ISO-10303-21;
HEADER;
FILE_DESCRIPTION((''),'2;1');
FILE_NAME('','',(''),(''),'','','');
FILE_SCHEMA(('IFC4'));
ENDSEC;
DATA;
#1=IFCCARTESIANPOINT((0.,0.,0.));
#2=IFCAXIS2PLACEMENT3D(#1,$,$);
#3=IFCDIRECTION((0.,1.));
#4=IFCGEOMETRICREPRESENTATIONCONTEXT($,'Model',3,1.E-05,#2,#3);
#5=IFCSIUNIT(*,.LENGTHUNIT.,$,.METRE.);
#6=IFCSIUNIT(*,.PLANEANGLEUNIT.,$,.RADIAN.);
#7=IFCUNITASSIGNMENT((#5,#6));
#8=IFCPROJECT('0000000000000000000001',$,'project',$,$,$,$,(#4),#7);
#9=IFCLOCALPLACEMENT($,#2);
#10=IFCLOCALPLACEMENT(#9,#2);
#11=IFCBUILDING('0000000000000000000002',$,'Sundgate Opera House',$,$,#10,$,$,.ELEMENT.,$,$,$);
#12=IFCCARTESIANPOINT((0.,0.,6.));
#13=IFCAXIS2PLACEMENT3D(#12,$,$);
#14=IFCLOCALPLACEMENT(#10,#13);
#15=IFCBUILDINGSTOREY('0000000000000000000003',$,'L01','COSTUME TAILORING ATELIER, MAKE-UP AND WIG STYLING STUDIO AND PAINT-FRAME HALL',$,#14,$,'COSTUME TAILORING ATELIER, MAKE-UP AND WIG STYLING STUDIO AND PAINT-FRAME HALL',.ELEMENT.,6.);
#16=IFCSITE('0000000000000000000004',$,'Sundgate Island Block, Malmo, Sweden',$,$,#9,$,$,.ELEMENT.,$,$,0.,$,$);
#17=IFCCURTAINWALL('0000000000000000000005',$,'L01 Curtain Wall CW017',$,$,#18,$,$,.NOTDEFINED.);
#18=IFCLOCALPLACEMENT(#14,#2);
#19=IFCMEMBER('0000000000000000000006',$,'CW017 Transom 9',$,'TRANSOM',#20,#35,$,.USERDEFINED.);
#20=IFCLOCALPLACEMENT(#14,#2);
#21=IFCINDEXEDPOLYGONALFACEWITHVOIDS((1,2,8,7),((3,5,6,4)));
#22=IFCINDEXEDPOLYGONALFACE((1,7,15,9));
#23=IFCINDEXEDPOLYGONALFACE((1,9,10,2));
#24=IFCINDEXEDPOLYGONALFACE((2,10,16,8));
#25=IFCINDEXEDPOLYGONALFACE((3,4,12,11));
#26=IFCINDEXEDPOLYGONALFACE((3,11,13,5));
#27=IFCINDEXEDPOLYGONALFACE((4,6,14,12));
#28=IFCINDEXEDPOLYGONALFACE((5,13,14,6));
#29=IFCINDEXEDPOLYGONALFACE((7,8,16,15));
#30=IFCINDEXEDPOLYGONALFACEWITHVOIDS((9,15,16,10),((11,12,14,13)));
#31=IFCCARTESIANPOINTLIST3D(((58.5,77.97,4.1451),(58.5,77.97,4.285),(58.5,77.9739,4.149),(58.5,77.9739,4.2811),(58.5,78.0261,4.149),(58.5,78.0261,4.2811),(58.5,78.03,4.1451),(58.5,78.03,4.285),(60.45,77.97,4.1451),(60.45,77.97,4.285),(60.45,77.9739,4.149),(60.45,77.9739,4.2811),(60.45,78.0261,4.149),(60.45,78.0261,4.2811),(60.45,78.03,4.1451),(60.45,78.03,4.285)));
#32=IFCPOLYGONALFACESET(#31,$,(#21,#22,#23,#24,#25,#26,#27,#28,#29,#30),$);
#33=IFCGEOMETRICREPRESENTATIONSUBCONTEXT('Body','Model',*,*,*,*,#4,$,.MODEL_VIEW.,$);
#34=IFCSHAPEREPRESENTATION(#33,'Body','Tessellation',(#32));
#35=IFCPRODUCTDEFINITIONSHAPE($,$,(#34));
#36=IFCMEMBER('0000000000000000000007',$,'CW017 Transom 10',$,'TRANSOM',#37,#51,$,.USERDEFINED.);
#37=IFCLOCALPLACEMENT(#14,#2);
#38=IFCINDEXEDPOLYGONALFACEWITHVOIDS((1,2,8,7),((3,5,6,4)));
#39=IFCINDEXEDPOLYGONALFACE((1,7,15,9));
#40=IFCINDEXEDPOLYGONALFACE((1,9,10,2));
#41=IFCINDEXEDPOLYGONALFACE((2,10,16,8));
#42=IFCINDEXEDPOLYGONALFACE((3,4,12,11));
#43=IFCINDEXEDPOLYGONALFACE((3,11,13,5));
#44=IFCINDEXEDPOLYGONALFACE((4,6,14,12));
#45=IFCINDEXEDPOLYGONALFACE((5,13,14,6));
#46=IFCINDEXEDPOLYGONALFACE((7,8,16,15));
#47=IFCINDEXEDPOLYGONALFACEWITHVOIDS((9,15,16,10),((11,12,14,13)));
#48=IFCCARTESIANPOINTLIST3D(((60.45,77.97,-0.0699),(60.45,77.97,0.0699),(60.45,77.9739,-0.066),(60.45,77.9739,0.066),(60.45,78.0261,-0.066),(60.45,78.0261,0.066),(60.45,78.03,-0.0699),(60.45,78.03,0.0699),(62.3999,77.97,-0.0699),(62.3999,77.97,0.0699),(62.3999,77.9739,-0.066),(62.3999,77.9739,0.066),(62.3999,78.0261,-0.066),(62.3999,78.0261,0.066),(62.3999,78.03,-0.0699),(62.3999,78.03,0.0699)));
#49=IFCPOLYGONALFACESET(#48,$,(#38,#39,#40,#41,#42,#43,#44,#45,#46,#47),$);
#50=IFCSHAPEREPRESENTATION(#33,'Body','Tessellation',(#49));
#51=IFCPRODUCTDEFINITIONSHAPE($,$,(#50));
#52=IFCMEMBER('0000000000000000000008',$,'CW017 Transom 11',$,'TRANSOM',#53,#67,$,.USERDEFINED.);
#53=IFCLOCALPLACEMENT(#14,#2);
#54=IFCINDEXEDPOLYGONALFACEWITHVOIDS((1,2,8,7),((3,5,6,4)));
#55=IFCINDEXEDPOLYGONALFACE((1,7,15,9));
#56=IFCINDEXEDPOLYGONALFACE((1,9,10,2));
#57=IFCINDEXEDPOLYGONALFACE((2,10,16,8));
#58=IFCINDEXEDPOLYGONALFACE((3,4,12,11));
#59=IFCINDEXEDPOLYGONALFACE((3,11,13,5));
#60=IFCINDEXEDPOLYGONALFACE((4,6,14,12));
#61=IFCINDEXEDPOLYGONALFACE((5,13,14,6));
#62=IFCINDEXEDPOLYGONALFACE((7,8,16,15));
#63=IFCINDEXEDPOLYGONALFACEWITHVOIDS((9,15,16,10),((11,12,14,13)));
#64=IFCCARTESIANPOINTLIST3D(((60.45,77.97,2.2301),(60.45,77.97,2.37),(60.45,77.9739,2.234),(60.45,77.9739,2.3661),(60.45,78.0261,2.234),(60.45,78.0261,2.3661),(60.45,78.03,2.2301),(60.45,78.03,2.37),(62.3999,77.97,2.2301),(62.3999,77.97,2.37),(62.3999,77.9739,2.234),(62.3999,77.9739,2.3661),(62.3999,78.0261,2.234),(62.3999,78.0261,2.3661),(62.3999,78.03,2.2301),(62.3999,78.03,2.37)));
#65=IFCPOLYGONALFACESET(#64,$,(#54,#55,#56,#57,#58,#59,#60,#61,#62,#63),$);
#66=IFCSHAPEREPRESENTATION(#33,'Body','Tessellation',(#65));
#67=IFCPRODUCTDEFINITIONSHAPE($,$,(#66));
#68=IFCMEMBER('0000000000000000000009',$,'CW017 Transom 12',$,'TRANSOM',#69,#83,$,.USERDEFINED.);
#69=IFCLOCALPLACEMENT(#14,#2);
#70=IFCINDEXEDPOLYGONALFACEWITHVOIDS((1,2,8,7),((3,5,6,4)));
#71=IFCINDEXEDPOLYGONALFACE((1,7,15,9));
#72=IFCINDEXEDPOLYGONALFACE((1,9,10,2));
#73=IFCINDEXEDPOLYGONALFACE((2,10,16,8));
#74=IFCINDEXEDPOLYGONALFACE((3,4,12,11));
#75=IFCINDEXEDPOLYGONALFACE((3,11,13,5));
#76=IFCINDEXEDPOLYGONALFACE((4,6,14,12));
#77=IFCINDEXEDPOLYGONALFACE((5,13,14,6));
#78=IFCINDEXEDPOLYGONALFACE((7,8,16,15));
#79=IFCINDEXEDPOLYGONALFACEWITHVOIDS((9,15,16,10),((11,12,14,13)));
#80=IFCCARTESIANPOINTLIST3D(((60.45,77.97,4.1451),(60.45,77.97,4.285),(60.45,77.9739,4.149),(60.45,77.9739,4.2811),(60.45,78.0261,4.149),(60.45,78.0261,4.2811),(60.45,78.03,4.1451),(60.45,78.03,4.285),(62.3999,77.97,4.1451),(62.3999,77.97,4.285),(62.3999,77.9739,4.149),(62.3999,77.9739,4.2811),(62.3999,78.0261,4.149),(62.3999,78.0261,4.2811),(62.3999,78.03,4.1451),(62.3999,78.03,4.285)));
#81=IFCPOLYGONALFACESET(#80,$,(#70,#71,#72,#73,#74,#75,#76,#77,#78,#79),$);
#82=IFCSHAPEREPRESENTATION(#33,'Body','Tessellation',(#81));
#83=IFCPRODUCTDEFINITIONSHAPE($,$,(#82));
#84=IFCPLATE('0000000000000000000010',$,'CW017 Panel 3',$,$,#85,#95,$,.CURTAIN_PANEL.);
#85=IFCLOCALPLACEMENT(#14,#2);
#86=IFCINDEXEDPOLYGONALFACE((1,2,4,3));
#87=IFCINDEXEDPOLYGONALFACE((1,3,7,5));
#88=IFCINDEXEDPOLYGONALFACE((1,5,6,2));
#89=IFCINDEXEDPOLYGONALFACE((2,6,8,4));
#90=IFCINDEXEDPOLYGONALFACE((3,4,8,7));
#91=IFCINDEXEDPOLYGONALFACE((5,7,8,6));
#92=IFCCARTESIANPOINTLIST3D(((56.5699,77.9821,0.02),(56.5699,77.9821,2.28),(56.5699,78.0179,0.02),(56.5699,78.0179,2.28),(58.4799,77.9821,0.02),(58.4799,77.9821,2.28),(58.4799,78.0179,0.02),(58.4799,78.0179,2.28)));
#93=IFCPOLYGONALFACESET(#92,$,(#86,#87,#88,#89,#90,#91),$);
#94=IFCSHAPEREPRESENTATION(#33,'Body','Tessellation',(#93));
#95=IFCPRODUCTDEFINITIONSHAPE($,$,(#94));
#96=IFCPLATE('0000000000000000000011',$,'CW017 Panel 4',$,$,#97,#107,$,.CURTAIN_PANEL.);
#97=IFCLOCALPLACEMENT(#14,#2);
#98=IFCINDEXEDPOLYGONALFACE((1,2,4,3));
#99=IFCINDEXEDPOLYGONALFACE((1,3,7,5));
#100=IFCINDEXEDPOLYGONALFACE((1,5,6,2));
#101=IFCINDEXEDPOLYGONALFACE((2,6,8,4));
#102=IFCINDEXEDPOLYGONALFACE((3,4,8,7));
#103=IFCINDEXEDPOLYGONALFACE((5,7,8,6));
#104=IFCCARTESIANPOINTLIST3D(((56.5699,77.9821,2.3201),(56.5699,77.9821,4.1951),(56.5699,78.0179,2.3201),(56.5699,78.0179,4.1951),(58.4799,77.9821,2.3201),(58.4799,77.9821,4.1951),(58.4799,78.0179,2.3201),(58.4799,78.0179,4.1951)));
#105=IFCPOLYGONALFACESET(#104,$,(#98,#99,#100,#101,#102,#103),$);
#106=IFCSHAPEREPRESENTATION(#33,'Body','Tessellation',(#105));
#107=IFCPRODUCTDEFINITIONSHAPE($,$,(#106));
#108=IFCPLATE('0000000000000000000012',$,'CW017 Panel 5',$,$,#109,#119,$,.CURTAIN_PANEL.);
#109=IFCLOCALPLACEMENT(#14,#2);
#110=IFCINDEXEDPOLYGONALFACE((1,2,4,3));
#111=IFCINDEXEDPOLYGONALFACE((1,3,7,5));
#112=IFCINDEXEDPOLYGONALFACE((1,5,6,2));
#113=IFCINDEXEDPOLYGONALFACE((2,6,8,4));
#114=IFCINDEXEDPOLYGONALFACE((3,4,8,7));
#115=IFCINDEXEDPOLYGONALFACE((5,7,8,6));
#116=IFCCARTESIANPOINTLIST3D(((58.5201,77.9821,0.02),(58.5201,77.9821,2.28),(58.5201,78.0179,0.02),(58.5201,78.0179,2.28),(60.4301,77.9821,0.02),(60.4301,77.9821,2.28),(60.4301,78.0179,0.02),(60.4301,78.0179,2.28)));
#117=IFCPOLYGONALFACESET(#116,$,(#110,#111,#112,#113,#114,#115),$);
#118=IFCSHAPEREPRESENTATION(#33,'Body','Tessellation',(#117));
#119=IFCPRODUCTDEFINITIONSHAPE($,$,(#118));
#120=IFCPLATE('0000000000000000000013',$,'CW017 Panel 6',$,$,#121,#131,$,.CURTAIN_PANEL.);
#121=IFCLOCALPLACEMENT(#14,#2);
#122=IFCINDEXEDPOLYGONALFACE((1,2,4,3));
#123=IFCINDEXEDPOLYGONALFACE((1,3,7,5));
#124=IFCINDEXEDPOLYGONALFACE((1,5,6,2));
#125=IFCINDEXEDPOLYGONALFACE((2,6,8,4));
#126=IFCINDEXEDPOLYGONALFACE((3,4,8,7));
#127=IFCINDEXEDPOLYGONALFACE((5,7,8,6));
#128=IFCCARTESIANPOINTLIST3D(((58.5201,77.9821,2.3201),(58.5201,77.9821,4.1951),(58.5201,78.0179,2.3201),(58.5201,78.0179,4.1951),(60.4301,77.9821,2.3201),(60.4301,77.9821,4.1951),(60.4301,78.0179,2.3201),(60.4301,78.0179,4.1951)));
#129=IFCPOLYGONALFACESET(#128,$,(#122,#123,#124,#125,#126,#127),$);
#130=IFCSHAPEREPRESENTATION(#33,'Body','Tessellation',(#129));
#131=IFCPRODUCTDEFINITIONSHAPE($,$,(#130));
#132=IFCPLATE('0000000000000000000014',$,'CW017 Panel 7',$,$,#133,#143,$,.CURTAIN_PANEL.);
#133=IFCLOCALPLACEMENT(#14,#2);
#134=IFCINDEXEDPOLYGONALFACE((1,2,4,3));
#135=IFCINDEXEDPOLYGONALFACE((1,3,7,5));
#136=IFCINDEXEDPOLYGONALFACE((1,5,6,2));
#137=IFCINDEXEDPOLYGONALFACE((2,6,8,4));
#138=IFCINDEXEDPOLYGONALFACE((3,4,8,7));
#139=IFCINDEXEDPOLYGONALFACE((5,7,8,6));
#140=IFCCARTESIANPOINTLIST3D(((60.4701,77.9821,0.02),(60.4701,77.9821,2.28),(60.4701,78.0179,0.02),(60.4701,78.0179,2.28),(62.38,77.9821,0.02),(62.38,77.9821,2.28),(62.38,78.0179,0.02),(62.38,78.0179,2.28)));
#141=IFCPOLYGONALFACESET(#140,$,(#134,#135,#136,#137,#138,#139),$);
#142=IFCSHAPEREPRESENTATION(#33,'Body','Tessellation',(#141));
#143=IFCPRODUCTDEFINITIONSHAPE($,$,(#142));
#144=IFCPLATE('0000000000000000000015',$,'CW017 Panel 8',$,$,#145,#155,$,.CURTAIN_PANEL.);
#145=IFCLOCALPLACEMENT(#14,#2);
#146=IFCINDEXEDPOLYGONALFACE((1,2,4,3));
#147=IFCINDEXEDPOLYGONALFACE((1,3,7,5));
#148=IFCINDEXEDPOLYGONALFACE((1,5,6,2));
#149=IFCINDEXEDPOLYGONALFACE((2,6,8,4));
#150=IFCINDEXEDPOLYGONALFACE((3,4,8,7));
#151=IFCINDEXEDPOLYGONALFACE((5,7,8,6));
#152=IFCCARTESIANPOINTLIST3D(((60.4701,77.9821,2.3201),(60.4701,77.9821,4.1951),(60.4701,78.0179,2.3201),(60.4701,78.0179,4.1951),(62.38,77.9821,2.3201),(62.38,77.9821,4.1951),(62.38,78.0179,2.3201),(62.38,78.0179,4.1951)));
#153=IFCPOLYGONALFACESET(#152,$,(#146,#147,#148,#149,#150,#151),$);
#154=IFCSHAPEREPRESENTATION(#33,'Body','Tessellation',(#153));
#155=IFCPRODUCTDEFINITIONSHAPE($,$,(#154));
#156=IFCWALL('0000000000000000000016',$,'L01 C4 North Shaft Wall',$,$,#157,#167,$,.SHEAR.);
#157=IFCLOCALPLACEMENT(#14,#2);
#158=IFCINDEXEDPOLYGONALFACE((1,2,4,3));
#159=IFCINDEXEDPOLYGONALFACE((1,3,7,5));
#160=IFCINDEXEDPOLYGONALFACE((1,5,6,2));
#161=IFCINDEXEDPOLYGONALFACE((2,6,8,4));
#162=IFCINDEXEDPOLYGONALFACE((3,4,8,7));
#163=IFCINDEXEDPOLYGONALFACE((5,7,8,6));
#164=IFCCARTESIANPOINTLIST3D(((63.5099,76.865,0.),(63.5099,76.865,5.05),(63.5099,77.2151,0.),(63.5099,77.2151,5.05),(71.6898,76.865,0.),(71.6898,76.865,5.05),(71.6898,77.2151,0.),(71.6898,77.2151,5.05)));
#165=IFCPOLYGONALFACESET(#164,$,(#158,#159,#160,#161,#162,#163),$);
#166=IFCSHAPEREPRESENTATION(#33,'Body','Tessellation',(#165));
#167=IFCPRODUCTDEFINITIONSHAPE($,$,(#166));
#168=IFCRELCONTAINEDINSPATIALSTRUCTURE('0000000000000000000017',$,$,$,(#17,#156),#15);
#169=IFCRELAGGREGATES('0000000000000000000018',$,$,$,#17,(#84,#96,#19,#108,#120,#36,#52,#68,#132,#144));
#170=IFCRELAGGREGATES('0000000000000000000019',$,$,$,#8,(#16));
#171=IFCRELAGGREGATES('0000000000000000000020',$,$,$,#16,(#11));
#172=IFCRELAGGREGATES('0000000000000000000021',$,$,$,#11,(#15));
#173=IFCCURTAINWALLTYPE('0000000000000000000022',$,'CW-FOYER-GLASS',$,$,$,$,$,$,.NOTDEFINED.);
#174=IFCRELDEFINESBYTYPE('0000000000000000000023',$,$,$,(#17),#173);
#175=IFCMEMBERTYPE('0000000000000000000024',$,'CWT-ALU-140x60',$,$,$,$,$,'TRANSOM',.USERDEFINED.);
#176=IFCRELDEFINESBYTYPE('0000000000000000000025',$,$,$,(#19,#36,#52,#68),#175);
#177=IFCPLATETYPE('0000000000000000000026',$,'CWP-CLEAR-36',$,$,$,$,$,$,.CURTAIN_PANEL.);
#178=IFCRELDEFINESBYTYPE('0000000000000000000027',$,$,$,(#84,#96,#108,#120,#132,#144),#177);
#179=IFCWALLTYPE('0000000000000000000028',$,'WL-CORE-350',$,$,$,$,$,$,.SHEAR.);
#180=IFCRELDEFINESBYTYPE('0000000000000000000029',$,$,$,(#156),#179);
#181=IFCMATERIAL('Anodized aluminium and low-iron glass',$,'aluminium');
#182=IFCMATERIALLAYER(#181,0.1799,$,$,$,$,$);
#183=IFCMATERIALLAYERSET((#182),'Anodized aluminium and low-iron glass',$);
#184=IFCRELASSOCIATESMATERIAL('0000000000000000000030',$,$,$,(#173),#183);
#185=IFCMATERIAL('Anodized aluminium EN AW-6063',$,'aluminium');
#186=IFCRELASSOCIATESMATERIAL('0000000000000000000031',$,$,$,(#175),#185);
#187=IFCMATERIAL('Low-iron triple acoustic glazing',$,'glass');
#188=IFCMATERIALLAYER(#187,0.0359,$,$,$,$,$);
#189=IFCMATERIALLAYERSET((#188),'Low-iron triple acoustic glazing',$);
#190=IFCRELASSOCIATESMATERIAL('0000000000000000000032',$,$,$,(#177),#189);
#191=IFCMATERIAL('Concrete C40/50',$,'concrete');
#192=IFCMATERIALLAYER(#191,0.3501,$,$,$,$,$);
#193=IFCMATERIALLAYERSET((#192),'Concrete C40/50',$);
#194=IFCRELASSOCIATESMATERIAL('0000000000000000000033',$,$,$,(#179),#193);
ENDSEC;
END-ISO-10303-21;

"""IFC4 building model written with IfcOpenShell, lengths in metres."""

from ifc_helpers import new_model, si_unit, direction, frame, frame_2d, origin, origin_2d, place, context, subcontext, project, spatial, rectangle, hollow_rectangle, extrude, material, layer, layer_set, material_profile, profile_set, type_object, element, aggregate, save


model = new_model("IFC4")

# Units and contexts
model_context = context("Model", 3, precision=1e-05, world=origin(), true_north=direction((0.0, 1.0)))
body_context = subcontext(model_context, "Body", "Model", "MODEL_VIEW")
ifc_project = project(units=[si_unit("LENGTHUNIT", "METRE"), si_unit("PLANEANGLEUNIT", "RADIAN")], contexts=[model_context])

# Site, building, storey
site_placement = place(None, origin())
site = spatial("IfcSite", under=ifc_project, at=site_placement, Name="Sundgate Island Block, Malmo, Sweden", CompositionType="ELEMENT", RefElevation=0.0)
building_placement = place(site_placement, origin())
building = spatial("IfcBuilding", under=site, at=building_placement, Name="Sundgate Opera House", CompositionType="ELEMENT")
storey_placement = place(building_placement, frame((0.0, 0.0, 6.0)))
storey = spatial("IfcBuildingStorey", under=building, at=storey_placement, Name="L01", Description="COSTUME TAILORING ATELIER, MAKE-UP AND WIG STYLING STUDIO AND PAINT-FRAME HALL", LongName="COSTUME TAILORING ATELIER, MAKE-UP AND WIG STYLING STUDIO AND PAINT-FRAME HALL", CompositionType="ELEMENT", Elevation=6.0)

# Curtain wall
ifc_material_1 = material(Name="Anodized aluminium and low-iron glass", Category="aluminium")
ifc_layer_1 = layer(ifc_material_1, 0.1799)
ifc_layer_set_1 = layer_set([ifc_layer_1], Name="Anodized aluminium and low-iron glass")
curtain_wall_type = type_object("IfcCurtainWallType", Name="CW-FOYER-GLASS", PredefinedType="NOTDEFINED", material=ifc_layer_set_1)
curtain_wall_1_placement = place(storey_placement, origin())
curtain_wall_1 = element("IfcCurtainWall", 1, at=curtain_wall_1_placement, inside=storey, type_object=curtain_wall_type, Name="L01 Curtain Wall CW017", PredefinedType="NOTDEFINED")

# Members
ifc_material_2 = material(Name="Anodized aluminium EN AW-6063", Category="aluminium")
ifc_material_profile_1 = material_profile(ifc_material_2, hollow_rectangle(XDim=0.0601, YDim=0.1399, WallThickness=0.0039, at=origin_2d()), Name="CWT 140x60x4")
ifc_profile_set_1 = profile_set([ifc_material_profile_1], Name="Anodized aluminium EN AW-6063")
member_type_1 = type_object("IfcMemberType", Name="CWT-ALU-140x60", ElementType="TRANSOM", PredefinedType="USERDEFINED", material=ifc_profile_set_1)
member_1_placement = place(storey_placement, frame((58.5, 78.0, 4.2151), z_axis=(1.0, 0.0, 0.0), x_axis=(0.0, 1.0, 0.0)))
member_1 = element("IfcMember", 2, at=member_1_placement, type_object=member_type_1, Name="CW017 Transom 9", ObjectType="TRANSOM", PredefinedType="USERDEFINED", context=body_context, shape_type="SweptSolid", body=[
    extrude(hollow_rectangle(XDim=0.0601, YDim=0.1399, WallThickness=0.0039, at=origin_2d()), origin(), (0.0, 0.0, 1.0), 1.95),
])
member_2_placement = place(storey_placement, frame((60.45, 78.0, 0.0), z_axis=(1.0, 0.0, 0.0), x_axis=(0.0, 1.0, 0.0)))
member_2 = element("IfcMember", 3, at=member_2_placement, type_object=member_type_1, Name="CW017 Transom 10", ObjectType="TRANSOM", PredefinedType="USERDEFINED", context=body_context, shape_type="SweptSolid", body=[
    extrude(hollow_rectangle(XDim=0.0601, YDim=0.1399, WallThickness=0.0039, at=origin_2d()), origin(), (0.0, 0.0, 1.0), 1.95),
])
member_3_placement = place(storey_placement, frame((60.45, 78.0, 2.3), z_axis=(1.0, 0.0, 0.0), x_axis=(0.0, 1.0, 0.0)))
member_3 = element("IfcMember", 4, at=member_3_placement, type_object=member_type_1, Name="CW017 Transom 11", ObjectType="TRANSOM", PredefinedType="USERDEFINED", context=body_context, shape_type="SweptSolid", body=[
    extrude(hollow_rectangle(XDim=0.0601, YDim=0.1399, WallThickness=0.0039, at=origin_2d()), origin(), (0.0, 0.0, 1.0), 1.95),
])
member_4_placement = place(storey_placement, frame((60.45, 78.0, 4.2151), z_axis=(1.0, 0.0, 0.0), x_axis=(0.0, 1.0, 0.0)))
member_4 = element("IfcMember", 5, at=member_4_placement, type_object=member_type_1, Name="CW017 Transom 12", ObjectType="TRANSOM", PredefinedType="USERDEFINED", context=body_context, shape_type="SweptSolid", body=[
    extrude(hollow_rectangle(XDim=0.0601, YDim=0.1399, WallThickness=0.0039, at=origin_2d()), origin(), (0.0, 0.0, 1.0), 1.95),
])

# Plates
ifc_material_3 = material(Name="Low-iron triple acoustic glazing", Category="glass")
ifc_layer_2 = layer(ifc_material_3, 0.0359)
ifc_layer_set_2 = layer_set([ifc_layer_2], Name="Low-iron triple acoustic glazing")
plate_type = type_object("IfcPlateType", Name="CWP-CLEAR-36", PredefinedType="CURTAIN_PANEL", material=ifc_layer_set_2)
plate_1_placement = place(storey_placement, frame((57.5249, 78.0, 0.02), z_axis=(0.0, 0.0, 1.0), x_axis=(1.0, 0.0, 0.0)))
plate_1 = element("IfcPlate", 6, at=plate_1_placement, type_object=plate_type, Name="CW017 Panel 3", PredefinedType="CURTAIN_PANEL", context=body_context, shape_type="SweptSolid", body=[
    extrude(rectangle(XDim=1.9099, YDim=0.0359, at=origin_2d()), origin(), (0.0, 0.0, 1.0), 2.26),
])
plate_2_placement = place(storey_placement, frame((57.5249, 78.0, 2.3201), z_axis=(0.0, 0.0, 1.0), x_axis=(1.0, 0.0, 0.0)))
plate_2 = element("IfcPlate", 7, at=plate_2_placement, type_object=plate_type, Name="CW017 Panel 4", PredefinedType="CURTAIN_PANEL", context=body_context, shape_type="SweptSolid", body=[
    extrude(rectangle(XDim=1.9099, YDim=0.0359, at=origin_2d()), origin(), (0.0, 0.0, 1.0), 1.875),
])
plate_3_placement = place(storey_placement, frame((59.4751, 78.0, 0.02), z_axis=(0.0, 0.0, 1.0), x_axis=(1.0, 0.0, 0.0)))
plate_3 = element("IfcPlate", 8, at=plate_3_placement, type_object=plate_type, Name="CW017 Panel 5", PredefinedType="CURTAIN_PANEL", context=body_context, shape_type="SweptSolid", body=[
    extrude(rectangle(XDim=1.9099, YDim=0.0359, at=origin_2d()), origin(), (0.0, 0.0, 1.0), 2.26),
])
plate_4_placement = place(storey_placement, frame((59.4751, 78.0, 2.3201), z_axis=(0.0, 0.0, 1.0), x_axis=(1.0, 0.0, 0.0)))
plate_4 = element("IfcPlate", 9, at=plate_4_placement, type_object=plate_type, Name="CW017 Panel 6", PredefinedType="CURTAIN_PANEL", context=body_context, shape_type="SweptSolid", body=[
    extrude(rectangle(XDim=1.9099, YDim=0.0359, at=origin_2d()), origin(), (0.0, 0.0, 1.0), 1.875),
])
plate_5_placement = place(storey_placement, frame((61.425, 78.0, 0.02), z_axis=(0.0, 0.0, 1.0), x_axis=(1.0, 0.0, 0.0)))
plate_5 = element("IfcPlate", 10, at=plate_5_placement, type_object=plate_type, Name="CW017 Panel 7", PredefinedType="CURTAIN_PANEL", context=body_context, shape_type="SweptSolid", body=[
    extrude(rectangle(XDim=1.9099, YDim=0.0359, at=origin_2d()), origin(), (0.0, 0.0, 1.0), 2.26),
])
plate_6_placement = place(storey_placement, frame((61.425, 78.0, 2.3201), z_axis=(0.0, 0.0, 1.0), x_axis=(1.0, 0.0, 0.0)))
plate_6 = element("IfcPlate", 11, at=plate_6_placement, type_object=plate_type, Name="CW017 Panel 8", PredefinedType="CURTAIN_PANEL", context=body_context, shape_type="SweptSolid", body=[
    extrude(rectangle(XDim=1.9099, YDim=0.0359, at=origin_2d()), origin(), (0.0, 0.0, 1.0), 1.875),
])
aggregate(curtain_wall_1, [plate_1, plate_2, member_1, plate_3, plate_4, member_2, member_3, member_4, plate_5, plate_6])

# Wall
ifc_material_4 = material(Name="Concrete C40/50", Category="concrete")
ifc_layer_3 = layer(ifc_material_4, 0.3501)
ifc_layer_set_3 = layer_set([ifc_layer_3], Name="Concrete C40/50")
wall_type = type_object("IfcWallType", Name="WL-CORE-350", PredefinedType="SHEAR", material=ifc_layer_set_3)
wall_placement = place(storey_placement, frame((63.51, 77.04, 0.0), z_axis=(0.0, 0.0, 1.0), x_axis=(1.0, 0.0, 0.0)))
element("IfcWall", 12, at=wall_placement, inside=storey, type_object=wall_type, Name="L01 C4 North Shaft Wall", PredefinedType="SHEAR", context=body_context, shape_type="SweptSolid", body=[
    extrude(rectangle(XDim=8.1799, YDim=0.3501, at=frame_2d((4.0898, 0.0))), origin(), (0.0, 0.0, 1.0), 5.05),
])

save(model, "model.ifc")
